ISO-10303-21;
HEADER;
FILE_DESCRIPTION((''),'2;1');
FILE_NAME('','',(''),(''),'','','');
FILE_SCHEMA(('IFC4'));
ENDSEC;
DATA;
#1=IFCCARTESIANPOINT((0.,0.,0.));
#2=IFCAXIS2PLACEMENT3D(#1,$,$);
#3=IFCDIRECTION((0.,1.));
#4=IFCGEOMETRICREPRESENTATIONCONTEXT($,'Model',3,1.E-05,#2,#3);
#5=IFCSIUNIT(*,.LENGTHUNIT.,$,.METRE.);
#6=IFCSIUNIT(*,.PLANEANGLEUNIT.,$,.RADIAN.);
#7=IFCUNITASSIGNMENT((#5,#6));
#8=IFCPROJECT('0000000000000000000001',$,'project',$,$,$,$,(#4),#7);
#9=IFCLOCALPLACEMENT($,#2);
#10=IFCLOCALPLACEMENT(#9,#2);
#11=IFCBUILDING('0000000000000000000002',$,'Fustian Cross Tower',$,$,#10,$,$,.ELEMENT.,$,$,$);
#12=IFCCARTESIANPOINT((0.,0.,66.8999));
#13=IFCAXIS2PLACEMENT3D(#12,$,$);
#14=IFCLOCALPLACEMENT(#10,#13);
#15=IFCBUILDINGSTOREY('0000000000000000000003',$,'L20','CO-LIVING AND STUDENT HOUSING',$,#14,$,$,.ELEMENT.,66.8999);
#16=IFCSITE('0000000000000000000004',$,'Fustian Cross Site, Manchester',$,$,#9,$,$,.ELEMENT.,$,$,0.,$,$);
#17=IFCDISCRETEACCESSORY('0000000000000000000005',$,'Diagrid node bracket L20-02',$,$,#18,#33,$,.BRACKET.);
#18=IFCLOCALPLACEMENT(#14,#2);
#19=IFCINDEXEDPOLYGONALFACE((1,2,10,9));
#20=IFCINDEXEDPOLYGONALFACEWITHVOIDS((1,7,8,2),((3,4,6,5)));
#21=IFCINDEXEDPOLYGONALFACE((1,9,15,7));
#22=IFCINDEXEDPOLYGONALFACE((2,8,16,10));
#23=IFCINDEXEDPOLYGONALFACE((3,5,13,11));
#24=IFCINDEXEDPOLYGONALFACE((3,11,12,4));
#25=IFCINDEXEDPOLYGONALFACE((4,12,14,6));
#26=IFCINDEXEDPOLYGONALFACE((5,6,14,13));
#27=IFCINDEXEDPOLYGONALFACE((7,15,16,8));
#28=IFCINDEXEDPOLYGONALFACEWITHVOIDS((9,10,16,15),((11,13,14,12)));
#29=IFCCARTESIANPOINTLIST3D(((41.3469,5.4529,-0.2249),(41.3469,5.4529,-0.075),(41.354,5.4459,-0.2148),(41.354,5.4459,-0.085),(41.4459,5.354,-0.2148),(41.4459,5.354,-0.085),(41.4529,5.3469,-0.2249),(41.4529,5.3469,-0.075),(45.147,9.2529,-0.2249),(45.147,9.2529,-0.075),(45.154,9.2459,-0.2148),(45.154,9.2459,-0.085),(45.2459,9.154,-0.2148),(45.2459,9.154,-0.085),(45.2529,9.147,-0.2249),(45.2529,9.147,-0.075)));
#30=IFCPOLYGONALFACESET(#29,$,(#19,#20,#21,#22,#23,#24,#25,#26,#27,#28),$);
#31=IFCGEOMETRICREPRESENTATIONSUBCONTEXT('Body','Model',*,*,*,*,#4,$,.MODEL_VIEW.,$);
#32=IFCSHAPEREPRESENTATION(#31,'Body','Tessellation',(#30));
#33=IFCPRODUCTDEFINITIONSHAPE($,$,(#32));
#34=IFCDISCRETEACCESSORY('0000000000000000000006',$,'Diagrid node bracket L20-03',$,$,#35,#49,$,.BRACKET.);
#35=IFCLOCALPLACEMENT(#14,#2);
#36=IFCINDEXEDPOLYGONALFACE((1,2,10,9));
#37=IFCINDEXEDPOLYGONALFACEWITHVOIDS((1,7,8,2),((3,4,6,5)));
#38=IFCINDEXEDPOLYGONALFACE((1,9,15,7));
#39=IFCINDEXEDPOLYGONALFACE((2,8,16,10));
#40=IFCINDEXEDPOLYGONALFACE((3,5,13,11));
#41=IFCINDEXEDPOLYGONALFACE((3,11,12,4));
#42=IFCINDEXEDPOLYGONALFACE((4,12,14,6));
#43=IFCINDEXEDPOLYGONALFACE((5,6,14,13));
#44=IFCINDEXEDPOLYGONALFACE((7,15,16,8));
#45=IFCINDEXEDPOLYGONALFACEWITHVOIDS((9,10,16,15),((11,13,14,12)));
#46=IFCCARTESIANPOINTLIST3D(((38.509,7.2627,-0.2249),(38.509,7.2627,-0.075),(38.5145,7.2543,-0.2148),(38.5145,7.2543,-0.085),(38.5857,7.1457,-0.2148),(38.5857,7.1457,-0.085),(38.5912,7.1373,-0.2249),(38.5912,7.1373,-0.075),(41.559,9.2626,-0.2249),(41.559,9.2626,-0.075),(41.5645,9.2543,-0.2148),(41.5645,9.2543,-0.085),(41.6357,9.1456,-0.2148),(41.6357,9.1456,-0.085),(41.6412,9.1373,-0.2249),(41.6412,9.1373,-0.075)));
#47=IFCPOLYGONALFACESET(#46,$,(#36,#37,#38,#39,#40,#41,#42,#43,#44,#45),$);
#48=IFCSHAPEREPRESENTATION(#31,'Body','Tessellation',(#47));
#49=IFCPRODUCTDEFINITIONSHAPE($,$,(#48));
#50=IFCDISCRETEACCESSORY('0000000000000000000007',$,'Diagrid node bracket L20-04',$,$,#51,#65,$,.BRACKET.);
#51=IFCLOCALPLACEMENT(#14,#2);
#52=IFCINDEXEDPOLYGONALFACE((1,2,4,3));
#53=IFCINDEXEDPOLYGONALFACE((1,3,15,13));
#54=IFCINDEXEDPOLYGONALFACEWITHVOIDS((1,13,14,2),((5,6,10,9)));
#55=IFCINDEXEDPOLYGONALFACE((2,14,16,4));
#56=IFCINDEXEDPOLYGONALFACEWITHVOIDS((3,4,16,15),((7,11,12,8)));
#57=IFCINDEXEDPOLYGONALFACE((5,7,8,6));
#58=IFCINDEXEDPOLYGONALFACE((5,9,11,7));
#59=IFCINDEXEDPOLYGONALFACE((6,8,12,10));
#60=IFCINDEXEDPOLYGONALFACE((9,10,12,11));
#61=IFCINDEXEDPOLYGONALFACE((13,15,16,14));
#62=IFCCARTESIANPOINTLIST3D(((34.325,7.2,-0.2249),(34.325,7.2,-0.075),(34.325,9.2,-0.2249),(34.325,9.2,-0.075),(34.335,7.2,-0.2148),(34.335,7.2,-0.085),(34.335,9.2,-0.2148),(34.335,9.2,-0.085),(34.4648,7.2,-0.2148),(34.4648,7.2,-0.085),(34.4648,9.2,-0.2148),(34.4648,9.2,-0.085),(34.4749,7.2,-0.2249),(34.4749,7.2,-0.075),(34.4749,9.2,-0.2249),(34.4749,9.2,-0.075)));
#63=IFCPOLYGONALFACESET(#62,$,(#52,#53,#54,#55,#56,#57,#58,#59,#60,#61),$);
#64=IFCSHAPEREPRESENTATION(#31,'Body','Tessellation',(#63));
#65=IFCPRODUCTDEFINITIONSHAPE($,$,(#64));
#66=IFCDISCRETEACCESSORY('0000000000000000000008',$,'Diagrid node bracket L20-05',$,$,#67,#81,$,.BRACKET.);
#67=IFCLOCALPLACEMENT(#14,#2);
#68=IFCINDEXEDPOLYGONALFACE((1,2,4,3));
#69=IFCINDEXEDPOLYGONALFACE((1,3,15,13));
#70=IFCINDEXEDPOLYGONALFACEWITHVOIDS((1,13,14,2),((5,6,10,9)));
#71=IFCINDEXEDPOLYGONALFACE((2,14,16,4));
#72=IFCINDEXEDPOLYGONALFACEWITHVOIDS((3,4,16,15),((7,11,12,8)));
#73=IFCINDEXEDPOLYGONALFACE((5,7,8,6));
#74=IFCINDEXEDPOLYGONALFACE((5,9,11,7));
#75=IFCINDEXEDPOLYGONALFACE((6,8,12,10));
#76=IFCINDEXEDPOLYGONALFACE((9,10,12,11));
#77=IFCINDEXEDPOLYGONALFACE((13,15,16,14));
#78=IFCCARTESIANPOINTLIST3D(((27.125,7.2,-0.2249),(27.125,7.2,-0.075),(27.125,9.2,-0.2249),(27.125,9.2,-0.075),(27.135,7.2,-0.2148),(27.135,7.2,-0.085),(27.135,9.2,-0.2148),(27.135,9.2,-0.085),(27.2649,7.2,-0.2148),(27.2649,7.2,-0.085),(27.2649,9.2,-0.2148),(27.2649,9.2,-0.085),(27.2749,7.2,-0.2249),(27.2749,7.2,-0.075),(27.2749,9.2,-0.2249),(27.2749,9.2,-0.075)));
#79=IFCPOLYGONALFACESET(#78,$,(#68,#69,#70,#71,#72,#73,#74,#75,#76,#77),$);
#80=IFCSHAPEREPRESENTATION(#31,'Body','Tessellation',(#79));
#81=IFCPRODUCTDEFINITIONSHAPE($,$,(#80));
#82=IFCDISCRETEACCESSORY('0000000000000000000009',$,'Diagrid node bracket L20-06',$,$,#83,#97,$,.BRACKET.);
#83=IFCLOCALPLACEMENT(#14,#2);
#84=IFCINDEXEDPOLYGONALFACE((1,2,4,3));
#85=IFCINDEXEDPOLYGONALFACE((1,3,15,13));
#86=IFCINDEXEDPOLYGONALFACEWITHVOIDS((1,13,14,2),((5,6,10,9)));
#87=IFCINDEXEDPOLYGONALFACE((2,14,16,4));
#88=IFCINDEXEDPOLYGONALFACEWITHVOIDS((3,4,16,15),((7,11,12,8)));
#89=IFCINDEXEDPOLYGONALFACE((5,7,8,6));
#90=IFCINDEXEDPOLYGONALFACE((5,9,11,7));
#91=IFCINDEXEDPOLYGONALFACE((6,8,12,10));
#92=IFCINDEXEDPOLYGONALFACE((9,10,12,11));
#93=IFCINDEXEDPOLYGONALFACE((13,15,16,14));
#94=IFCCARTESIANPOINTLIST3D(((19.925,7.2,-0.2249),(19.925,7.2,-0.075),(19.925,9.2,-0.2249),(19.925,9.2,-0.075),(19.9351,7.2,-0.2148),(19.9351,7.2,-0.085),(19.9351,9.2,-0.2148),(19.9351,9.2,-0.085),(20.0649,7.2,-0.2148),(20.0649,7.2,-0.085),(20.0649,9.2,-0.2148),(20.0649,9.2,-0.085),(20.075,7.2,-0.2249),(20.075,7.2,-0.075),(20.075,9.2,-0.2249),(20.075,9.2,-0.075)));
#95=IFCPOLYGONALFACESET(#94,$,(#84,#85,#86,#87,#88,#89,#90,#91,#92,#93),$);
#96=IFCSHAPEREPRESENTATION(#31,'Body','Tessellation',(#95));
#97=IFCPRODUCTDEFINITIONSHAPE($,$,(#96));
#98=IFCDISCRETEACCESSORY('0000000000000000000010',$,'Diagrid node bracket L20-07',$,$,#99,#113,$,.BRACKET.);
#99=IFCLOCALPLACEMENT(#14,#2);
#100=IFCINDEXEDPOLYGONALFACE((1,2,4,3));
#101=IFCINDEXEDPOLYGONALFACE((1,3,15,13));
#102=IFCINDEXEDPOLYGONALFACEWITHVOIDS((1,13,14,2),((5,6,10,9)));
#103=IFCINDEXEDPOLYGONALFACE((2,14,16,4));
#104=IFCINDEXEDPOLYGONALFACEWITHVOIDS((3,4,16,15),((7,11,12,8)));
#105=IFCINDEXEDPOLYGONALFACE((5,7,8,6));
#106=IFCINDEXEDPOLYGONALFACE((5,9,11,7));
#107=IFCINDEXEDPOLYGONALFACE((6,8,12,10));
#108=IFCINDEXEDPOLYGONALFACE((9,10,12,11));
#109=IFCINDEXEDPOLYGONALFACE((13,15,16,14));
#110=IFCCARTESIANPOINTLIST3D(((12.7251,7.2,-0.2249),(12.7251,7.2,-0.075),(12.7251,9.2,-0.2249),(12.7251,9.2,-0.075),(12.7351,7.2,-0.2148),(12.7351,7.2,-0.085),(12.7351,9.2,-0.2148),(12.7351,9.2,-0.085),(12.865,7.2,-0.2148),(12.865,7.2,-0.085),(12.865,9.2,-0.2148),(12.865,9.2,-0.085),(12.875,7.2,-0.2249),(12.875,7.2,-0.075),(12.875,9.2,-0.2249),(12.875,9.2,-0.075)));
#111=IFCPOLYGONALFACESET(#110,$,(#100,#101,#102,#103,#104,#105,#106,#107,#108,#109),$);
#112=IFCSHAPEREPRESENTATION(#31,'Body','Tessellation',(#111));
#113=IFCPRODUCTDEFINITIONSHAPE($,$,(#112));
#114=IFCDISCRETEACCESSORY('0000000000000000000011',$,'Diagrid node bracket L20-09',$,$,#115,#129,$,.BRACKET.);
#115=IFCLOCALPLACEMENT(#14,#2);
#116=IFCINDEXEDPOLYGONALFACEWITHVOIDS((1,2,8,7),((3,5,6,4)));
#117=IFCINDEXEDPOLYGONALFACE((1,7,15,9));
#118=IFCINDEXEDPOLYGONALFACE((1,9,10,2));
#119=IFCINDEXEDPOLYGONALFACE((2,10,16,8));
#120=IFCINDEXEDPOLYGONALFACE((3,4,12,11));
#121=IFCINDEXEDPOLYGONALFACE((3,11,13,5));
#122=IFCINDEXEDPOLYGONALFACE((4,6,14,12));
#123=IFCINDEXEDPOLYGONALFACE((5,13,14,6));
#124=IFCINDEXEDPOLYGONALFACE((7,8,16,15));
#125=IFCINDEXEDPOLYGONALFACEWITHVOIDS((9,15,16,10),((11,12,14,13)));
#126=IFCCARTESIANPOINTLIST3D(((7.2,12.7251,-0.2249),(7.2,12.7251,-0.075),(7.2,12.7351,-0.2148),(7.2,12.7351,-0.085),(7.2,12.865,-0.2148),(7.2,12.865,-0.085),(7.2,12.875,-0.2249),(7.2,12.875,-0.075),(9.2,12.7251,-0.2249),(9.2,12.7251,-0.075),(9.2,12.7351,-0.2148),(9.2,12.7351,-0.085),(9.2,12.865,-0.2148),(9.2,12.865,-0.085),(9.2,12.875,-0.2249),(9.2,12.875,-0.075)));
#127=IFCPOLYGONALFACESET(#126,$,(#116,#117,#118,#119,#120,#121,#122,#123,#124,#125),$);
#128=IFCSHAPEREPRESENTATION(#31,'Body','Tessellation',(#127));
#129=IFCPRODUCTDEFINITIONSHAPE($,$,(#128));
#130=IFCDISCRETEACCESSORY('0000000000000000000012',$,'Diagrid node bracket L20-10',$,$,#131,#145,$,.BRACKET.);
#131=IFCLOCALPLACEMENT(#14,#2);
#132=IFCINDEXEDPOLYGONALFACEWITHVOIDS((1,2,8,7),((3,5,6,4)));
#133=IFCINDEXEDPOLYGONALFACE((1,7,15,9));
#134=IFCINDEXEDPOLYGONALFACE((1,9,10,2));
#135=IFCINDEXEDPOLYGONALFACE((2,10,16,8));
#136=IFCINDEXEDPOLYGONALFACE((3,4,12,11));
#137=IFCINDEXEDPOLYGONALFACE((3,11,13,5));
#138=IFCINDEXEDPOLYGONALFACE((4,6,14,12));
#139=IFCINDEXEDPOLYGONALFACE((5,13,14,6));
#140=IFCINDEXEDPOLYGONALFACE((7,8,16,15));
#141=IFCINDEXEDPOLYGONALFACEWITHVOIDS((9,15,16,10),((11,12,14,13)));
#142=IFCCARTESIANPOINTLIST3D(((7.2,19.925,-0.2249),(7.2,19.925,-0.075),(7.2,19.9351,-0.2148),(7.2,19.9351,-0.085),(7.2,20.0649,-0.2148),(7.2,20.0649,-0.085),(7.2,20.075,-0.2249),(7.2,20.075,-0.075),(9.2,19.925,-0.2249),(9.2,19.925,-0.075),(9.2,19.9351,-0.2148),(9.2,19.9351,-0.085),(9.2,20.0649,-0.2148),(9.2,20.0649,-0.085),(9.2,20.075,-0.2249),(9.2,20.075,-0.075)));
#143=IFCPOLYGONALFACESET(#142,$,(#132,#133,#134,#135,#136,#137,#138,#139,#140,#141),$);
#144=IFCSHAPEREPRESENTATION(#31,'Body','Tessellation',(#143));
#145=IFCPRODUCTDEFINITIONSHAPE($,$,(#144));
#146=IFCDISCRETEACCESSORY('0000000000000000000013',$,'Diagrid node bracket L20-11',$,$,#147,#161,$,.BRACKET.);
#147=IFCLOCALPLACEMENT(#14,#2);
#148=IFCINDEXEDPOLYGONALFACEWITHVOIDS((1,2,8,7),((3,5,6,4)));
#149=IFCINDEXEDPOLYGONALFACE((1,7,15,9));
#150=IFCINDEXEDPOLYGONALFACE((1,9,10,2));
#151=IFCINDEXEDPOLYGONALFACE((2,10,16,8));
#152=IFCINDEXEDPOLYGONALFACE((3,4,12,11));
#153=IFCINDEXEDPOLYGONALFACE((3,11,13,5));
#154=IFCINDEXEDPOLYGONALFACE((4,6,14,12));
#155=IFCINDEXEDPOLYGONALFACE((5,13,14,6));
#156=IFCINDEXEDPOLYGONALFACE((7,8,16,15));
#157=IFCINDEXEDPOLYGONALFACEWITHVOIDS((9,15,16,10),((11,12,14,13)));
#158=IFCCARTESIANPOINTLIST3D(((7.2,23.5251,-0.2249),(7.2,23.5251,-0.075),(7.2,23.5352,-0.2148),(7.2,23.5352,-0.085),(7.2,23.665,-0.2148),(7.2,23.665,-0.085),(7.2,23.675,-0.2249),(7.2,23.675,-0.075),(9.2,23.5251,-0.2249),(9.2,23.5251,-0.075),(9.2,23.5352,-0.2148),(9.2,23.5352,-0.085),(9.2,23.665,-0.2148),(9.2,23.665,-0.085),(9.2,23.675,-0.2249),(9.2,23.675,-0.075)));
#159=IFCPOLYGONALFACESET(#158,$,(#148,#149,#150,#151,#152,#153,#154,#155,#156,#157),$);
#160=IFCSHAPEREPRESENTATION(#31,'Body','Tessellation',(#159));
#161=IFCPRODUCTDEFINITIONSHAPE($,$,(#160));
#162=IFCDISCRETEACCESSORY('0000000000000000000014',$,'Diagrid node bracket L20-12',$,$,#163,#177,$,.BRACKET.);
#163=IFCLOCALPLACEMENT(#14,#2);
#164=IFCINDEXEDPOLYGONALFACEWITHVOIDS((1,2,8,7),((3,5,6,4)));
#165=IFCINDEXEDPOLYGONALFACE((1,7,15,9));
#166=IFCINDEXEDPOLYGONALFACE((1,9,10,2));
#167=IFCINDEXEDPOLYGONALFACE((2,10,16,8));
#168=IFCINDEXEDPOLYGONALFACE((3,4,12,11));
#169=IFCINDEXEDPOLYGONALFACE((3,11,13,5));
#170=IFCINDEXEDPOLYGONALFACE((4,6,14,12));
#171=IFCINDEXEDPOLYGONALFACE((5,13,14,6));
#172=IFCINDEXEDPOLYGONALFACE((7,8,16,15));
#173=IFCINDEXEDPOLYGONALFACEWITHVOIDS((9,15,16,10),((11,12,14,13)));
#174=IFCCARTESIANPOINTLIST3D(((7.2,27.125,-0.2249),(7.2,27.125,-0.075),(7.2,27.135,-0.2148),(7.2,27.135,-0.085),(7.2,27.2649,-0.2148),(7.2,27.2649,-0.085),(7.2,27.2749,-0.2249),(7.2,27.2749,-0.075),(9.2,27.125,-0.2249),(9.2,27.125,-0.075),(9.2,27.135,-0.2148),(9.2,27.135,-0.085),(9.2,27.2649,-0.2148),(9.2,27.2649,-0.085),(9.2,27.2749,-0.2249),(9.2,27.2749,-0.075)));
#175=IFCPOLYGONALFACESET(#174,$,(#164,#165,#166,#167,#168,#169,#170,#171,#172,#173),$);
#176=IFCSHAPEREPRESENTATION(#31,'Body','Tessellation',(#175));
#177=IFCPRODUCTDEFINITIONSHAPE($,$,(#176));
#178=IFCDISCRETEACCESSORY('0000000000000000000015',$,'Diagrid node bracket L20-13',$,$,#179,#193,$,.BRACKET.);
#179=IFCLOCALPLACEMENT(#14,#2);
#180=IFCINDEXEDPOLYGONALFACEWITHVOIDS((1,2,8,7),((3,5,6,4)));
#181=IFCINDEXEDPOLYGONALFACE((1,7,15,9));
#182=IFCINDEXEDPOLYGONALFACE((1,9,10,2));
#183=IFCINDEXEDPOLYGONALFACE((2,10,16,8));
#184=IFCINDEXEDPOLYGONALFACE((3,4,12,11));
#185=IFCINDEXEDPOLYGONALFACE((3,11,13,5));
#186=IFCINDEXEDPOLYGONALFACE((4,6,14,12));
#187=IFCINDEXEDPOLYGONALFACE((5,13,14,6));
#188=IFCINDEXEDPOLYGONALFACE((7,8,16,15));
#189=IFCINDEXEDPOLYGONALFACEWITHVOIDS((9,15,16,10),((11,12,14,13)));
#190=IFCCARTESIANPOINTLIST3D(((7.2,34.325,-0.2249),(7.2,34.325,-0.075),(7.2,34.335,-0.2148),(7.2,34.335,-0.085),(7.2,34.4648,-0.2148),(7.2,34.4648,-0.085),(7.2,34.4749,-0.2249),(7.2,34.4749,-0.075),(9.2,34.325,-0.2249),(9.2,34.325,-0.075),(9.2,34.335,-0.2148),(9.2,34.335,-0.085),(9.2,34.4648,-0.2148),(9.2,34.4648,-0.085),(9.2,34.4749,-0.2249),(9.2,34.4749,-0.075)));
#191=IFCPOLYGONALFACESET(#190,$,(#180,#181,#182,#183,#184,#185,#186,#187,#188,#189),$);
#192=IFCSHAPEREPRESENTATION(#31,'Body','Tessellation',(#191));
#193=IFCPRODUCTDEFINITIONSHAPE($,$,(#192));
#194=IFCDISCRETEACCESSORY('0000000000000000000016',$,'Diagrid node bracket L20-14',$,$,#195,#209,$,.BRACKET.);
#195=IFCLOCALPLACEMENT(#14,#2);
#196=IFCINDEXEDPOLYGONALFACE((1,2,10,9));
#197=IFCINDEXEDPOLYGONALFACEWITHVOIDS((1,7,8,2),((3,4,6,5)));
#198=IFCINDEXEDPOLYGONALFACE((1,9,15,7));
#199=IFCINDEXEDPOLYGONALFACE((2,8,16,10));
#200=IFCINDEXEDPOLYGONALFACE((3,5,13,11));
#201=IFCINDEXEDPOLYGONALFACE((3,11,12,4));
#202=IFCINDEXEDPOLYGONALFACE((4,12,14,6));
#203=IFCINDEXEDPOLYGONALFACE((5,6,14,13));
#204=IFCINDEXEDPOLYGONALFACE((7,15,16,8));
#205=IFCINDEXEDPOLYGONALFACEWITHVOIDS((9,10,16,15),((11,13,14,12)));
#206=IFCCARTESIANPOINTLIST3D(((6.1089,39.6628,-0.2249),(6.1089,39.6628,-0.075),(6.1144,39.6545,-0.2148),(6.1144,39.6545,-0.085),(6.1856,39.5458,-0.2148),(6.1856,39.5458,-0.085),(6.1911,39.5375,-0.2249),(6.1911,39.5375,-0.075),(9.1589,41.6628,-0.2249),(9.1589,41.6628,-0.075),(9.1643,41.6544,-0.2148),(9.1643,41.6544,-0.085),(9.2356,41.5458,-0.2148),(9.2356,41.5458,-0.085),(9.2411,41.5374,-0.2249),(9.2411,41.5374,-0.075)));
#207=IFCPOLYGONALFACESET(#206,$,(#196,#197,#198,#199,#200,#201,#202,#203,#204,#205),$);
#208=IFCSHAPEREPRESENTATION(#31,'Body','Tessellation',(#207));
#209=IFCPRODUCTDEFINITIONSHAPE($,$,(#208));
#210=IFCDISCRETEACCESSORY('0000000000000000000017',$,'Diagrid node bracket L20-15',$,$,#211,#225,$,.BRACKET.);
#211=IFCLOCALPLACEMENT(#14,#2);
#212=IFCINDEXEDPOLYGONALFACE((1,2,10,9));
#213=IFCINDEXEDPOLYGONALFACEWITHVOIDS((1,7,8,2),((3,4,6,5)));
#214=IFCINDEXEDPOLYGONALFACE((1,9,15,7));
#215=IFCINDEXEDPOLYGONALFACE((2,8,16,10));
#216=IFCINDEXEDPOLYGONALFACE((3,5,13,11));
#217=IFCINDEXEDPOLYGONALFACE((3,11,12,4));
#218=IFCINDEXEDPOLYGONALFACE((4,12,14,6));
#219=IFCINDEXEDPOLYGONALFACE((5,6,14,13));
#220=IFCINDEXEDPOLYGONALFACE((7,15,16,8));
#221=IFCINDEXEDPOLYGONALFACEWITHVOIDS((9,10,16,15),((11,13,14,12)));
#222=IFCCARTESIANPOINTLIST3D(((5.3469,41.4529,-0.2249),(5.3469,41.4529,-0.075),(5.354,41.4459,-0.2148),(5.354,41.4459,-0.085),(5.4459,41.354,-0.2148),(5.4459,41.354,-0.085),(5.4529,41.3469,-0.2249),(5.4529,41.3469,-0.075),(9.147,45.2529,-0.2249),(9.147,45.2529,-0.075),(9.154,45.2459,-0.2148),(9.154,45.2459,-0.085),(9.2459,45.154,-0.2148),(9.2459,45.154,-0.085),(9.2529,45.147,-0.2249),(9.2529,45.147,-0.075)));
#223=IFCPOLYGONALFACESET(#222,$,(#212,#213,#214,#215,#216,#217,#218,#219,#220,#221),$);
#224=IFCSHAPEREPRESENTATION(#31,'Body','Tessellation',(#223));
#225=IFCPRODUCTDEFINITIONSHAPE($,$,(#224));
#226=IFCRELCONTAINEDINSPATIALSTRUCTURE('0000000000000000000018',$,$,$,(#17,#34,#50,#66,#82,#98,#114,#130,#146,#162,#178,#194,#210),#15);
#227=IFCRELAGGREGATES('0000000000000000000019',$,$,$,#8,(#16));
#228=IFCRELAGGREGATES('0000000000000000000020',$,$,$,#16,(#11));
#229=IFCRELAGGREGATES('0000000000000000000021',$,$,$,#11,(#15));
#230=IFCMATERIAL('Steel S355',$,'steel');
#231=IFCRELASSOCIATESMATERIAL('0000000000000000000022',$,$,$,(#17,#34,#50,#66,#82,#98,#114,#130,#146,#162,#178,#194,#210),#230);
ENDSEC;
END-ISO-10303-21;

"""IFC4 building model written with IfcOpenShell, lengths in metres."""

from ifc_helpers import new_model, si_unit, direction, frame, origin, origin_2d, place, context, subcontext, project, spatial, hollow_rectangle, extrude, material, element, save


model = new_model("IFC4")

# Units and contexts
model_context = context("Model", 3, precision=1e-05, world=origin(), true_north=direction((0.0, 1.0)))
body_context = subcontext(model_context, "Body", "Model", "MODEL_VIEW")
ifc_project = project(units=[si_unit("LENGTHUNIT", "METRE"), si_unit("PLANEANGLEUNIT", "RADIAN")], contexts=[model_context])

# Site, building, storey
site_placement = place(None, origin())
site = spatial("IfcSite", under=ifc_project, at=site_placement, Name="Fustian Cross Site, Manchester", CompositionType="ELEMENT", RefElevation=0.0)
building_placement = place(site_placement, origin())
building = spatial("IfcBuilding", under=site, at=building_placement, Name="Fustian Cross Tower", CompositionType="ELEMENT")
storey_placement = place(building_placement, frame((0.0, 0.0, 66.8999)))
storey = spatial("IfcBuildingStorey", under=building, at=storey_placement, Name="L20", Description="CO-LIVING AND STUDENT HOUSING", CompositionType="ELEMENT", Elevation=66.8999)

# Discrete accessories
ifc_material_1 = material(Name="Steel S355", Category="steel")
discrete_accessory_1_placement = place(storey_placement, frame((45.2, 9.2, -0.1499), z_axis=(-0.707107, -0.707107, 0.0), x_axis=(0.707107, -0.707107, 0.0)))
element("IfcDiscreteAccessory", 1, at=discrete_accessory_1_placement, inside=storey, material=ifc_material_1, Name="Diagrid node bracket L20-02", PredefinedType="BRACKET", context=body_context, shape_type="SweptSolid", body=[
    extrude(hollow_rectangle(XDim=0.1499, YDim=0.1499, WallThickness=0.01, at=origin_2d()), origin(), (0.0, 0.0, 1.0), 5.374),
])
discrete_accessory_2_placement = place(storey_placement, frame((41.6001, 9.2, -0.1499), z_axis=(-0.836248, -0.548351, 0.0), x_axis=(0.548351, -0.836248, 0.0)))
element("IfcDiscreteAccessory", 2, at=discrete_accessory_2_placement, inside=storey, material=ifc_material_1, Name="Diagrid node bracket L20-03", PredefinedType="BRACKET", context=body_context, shape_type="SweptSolid", body=[
    extrude(hollow_rectangle(XDim=0.1499, YDim=0.1499, WallThickness=0.01, at=origin_2d()), origin(), (0.0, 0.0, 1.0), 3.6472),
])
for number, where, z_axis, x_axis, name in (
    (3, (34.3999, 9.2, -0.1499), (0.0, -1.0, 0.0), (1.0, 0.0, 0.0), "Diagrid node bracket L20-04"),
    (4, (27.2, 9.2, -0.1499), (0.0, -1.0, 0.0), (1.0, 0.0, 0.0), "Diagrid node bracket L20-05"),
    (5, (20.0, 9.2, -0.1499), (0.0, -1.0, 0.0), (1.0, 0.0, 0.0), "Diagrid node bracket L20-06"),
    (6, (12.8, 9.2, -0.1499), (0.0, -1.0, 0.0), (1.0, 0.0, 0.0), "Diagrid node bracket L20-07"),
    (7, (9.2, 12.8, -0.1499), (-1.0, 0.0, 0.0), (0.0, -1.0, 0.0), "Diagrid node bracket L20-09"),
    (8, (9.2, 20.0, -0.1499), (-1.0, 0.0, 0.0), (0.0, -1.0, 0.0), "Diagrid node bracket L20-10"),
    (9, (9.2, 23.6001, -0.1499), (-1.0, 0.0, 0.0), (0.0, -1.0, 0.0), "Diagrid node bracket L20-11"),
    (10, (9.2, 27.2, -0.1499), (-1.0, 0.0, 0.0), (0.0, -1.0, 0.0), "Diagrid node bracket L20-12"),
    (11, (9.2, 34.3999, -0.1499), (-1.0, 0.0, 0.0), (0.0, -1.0, 0.0), "Diagrid node bracket L20-13"),
):
    element("IfcDiscreteAccessory", number, at=place(storey_placement, frame(where, z_axis=z_axis, x_axis=x_axis)), inside=storey, material=ifc_material_1, Name=name, PredefinedType="BRACKET", context=body_context, shape_type="SweptSolid", body=[
        extrude(hollow_rectangle(XDim=0.1499, YDim=0.1499, WallThickness=0.01, at=origin_2d()), origin(), (0.0, 0.0, 1.0), 2.0),
    ])
discrete_accessory_3_placement = place(storey_placement, frame((9.2, 41.6001, -0.1499), z_axis=(-0.836248, -0.548351, 0.0), x_axis=(0.548351, -0.836248, 0.0)))
element("IfcDiscreteAccessory", 12, at=discrete_accessory_3_placement, inside=storey, material=ifc_material_1, Name="Diagrid node bracket L20-14", PredefinedType="BRACKET", context=body_context, shape_type="SweptSolid", body=[
    extrude(hollow_rectangle(XDim=0.1499, YDim=0.1499, WallThickness=0.01, at=origin_2d()), origin(), (0.0, 0.0, 1.0), 3.6472),
])
discrete_accessory_4_placement = place(storey_placement, frame((9.2, 45.2, -0.1499), z_axis=(-0.707107, -0.707107, 0.0), x_axis=(0.707107, -0.707107, 0.0)))
element("IfcDiscreteAccessory", 13, at=discrete_accessory_4_placement, inside=storey, material=ifc_material_1, Name="Diagrid node bracket L20-15", PredefinedType="BRACKET", context=body_context, shape_type="SweptSolid", body=[
    extrude(hollow_rectangle(XDim=0.1499, YDim=0.1499, WallThickness=0.01, at=origin_2d()), origin(), (0.0, 0.0, 1.0), 5.374),
])

save(model, "model.ifc")
